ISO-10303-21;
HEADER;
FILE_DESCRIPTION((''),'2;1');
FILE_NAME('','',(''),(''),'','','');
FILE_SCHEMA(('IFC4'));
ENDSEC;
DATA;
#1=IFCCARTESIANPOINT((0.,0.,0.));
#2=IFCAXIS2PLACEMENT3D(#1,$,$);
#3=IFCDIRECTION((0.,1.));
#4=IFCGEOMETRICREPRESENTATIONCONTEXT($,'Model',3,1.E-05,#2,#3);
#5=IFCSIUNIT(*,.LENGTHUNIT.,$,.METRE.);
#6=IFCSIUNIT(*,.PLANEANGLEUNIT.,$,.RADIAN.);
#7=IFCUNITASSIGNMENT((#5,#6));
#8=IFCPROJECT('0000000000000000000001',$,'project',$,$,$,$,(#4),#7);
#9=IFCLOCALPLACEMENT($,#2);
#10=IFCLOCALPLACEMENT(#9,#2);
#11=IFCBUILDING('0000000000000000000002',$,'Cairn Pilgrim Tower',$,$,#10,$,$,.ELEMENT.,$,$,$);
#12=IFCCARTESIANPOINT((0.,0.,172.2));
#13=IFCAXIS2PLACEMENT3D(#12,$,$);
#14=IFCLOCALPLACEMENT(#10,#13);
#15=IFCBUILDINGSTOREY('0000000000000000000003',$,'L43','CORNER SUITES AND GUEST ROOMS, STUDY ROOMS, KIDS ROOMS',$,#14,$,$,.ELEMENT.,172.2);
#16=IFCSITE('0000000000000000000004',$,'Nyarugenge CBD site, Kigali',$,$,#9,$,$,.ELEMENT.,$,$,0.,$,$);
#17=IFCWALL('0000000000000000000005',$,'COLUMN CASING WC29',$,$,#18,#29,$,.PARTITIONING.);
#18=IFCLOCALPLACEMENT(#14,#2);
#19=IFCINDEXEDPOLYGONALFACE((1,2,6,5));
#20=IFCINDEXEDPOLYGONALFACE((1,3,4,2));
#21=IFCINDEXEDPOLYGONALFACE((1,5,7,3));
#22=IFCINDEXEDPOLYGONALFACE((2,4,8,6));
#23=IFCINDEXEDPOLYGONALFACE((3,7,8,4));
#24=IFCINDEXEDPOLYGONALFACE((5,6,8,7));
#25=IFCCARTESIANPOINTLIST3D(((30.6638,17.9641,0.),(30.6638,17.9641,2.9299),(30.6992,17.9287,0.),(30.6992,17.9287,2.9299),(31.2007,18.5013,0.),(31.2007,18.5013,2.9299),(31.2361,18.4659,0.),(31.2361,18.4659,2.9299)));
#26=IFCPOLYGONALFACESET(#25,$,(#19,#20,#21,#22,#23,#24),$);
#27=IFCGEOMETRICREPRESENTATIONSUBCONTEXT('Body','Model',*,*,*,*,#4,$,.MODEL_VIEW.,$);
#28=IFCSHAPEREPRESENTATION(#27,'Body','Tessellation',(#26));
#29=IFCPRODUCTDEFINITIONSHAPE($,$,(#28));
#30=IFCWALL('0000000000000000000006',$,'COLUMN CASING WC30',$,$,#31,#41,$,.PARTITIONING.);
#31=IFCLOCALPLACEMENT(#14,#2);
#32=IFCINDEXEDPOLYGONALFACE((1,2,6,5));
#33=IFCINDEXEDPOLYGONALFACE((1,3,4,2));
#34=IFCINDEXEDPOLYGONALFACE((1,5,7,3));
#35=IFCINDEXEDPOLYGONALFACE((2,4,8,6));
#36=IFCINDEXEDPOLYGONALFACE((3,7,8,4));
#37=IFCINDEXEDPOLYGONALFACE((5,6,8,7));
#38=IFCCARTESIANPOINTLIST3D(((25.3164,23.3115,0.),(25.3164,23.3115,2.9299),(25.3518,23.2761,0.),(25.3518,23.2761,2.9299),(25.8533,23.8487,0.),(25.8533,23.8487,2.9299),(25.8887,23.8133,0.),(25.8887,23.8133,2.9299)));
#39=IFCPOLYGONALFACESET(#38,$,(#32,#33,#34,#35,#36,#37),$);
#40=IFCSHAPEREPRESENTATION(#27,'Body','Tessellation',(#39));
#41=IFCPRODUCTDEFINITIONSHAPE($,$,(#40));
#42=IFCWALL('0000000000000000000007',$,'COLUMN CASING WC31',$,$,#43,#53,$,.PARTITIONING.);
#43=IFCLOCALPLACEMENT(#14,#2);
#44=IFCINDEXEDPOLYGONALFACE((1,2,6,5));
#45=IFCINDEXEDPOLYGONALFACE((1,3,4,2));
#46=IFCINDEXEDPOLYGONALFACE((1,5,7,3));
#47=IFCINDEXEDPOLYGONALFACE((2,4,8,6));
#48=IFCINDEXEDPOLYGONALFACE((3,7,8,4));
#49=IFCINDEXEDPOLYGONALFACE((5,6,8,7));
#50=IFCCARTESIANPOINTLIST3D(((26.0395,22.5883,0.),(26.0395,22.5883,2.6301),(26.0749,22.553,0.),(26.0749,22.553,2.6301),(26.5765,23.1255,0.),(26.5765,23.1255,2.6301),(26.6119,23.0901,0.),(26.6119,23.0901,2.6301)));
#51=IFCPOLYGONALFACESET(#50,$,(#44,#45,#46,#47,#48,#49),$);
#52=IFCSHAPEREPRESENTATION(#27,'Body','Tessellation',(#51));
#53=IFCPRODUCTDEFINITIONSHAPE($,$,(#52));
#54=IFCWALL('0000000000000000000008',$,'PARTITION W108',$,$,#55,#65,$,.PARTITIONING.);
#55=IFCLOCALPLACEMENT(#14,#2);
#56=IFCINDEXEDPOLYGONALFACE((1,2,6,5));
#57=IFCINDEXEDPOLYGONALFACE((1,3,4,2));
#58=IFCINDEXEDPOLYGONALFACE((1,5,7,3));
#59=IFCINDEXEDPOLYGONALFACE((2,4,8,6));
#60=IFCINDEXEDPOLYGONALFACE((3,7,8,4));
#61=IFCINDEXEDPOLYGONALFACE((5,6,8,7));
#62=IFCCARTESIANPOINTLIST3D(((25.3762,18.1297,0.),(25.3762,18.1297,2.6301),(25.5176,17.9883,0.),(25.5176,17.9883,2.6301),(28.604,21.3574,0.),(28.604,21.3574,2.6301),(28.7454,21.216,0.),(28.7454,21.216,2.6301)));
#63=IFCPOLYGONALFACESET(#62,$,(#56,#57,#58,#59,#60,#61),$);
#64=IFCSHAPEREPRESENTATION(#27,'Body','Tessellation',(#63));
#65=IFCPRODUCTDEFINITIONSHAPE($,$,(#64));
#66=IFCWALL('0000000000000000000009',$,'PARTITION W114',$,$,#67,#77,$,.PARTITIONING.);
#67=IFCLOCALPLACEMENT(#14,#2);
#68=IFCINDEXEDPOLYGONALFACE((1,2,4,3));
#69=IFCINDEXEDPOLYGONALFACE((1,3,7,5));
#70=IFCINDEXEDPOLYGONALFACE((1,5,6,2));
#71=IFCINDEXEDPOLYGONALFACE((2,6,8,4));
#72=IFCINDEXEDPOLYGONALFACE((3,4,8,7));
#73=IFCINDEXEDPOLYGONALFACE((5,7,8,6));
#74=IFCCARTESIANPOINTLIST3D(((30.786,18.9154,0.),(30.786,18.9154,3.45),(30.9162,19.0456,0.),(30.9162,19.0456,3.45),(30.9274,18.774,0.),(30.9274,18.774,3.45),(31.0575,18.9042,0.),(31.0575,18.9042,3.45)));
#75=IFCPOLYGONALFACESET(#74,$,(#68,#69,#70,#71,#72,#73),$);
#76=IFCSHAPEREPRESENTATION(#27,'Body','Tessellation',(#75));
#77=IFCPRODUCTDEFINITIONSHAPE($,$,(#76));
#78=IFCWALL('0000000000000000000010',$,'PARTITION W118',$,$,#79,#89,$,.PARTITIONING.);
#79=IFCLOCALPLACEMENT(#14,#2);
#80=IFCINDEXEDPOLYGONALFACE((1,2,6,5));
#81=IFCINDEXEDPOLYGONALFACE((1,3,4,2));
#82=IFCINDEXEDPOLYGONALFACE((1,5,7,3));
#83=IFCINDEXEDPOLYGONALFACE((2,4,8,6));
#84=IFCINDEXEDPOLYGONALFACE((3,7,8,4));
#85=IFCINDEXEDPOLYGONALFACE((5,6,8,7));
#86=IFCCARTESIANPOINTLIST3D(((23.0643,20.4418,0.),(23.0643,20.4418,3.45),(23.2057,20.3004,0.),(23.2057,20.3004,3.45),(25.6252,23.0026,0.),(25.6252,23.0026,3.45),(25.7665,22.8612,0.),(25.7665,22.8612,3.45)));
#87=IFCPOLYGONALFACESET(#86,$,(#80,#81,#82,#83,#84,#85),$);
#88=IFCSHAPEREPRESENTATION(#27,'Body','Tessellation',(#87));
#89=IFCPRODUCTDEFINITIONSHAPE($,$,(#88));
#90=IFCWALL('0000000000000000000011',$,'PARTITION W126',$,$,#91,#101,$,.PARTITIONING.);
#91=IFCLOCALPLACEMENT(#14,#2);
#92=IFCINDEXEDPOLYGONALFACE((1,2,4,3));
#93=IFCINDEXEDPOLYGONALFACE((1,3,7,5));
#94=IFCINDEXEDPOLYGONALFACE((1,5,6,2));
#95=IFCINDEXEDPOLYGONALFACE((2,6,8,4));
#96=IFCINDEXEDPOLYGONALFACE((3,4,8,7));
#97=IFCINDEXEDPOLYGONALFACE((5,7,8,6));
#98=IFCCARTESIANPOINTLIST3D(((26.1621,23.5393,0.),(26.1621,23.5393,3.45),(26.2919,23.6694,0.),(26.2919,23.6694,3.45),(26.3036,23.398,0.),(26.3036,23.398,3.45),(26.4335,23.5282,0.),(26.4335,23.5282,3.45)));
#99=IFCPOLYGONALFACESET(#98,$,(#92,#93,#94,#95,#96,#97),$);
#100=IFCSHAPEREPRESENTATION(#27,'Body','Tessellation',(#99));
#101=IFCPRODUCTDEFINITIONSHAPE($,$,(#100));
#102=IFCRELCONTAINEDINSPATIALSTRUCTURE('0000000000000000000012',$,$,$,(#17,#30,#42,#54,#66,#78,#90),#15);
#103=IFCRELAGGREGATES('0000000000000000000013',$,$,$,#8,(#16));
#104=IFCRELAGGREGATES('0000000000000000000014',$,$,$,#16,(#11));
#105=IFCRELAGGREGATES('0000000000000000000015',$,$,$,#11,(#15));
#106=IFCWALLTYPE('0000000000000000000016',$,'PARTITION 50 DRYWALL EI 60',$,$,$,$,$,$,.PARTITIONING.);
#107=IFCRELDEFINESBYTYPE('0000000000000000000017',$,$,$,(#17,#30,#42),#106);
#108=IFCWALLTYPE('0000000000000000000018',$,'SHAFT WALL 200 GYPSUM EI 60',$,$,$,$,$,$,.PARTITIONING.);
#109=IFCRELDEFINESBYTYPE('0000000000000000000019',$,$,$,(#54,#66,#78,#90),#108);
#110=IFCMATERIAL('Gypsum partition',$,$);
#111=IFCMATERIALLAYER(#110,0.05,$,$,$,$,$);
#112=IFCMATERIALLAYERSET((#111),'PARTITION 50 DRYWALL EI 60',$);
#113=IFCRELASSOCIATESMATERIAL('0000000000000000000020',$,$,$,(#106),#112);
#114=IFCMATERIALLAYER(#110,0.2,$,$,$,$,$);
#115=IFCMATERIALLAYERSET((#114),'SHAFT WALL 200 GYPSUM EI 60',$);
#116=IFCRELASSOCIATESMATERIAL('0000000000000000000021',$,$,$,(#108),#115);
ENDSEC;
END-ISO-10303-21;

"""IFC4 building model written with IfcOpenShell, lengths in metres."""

from ifc_helpers import new_model, si_unit, direction, frame, frame_2d, origin, place, context, subcontext, project, spatial, rectangle, extrude, material, layer, layer_set, type_object, element, save


model = new_model("IFC4")

# Units and contexts
model_context = context("Model", 3, precision=1e-05, world=origin(), true_north=direction((0.0, 1.0)))
body_context = subcontext(model_context, "Body", "Model", "MODEL_VIEW")
ifc_project = project(units=[si_unit("LENGTHUNIT", "METRE"), si_unit("PLANEANGLEUNIT", "RADIAN")], contexts=[model_context])

# Site, building, storey
site_placement = place(None, origin())
site = spatial("IfcSite", under=ifc_project, at=site_placement, Name="Nyarugenge CBD site, Kigali", CompositionType="ELEMENT", RefElevation=0.0)
building_placement = place(site_placement, origin())
building = spatial("IfcBuilding", under=site, at=building_placement, Name="Cairn Pilgrim Tower", CompositionType="ELEMENT")
storey_placement = place(building_placement, frame((0.0, 0.0, 172.2)))
storey = spatial("IfcBuildingStorey", under=building, at=storey_placement, Name="L43", Description="CORNER SUITES AND GUEST ROOMS, STUDY ROOMS, KIDS ROOMS", CompositionType="ELEMENT", Elevation=172.2)

# Shared definitions
ifc_material_1 = material(Name="Gypsum partition")

# Walls
ifc_layer_1 = layer(ifc_material_1, 0.05)
ifc_layer_set_1 = layer_set([ifc_layer_1], Name="PARTITION 50 DRYWALL EI 60")
wall_type_1 = type_object("IfcWallType", Name="PARTITION 50 DRYWALL EI 60", PredefinedType="PARTITIONING", material=ifc_layer_set_1)
for number, where, z_axis, x_axis, name in (
    (1, (30.6814, 17.9463, 0.0), (0.0, 0.0, 1.0), (0.706946, 0.707268, 0.0), "COLUMN CASING WC29"),
    (2, (25.334, 23.2937, 0.0), (0.0, 0.0, 1.0), (0.706946, 0.707268, 0.0), "COLUMN CASING WC30"),
):
    element("IfcWall", number, at=place(storey_placement, frame(where, z_axis=z_axis, x_axis=x_axis)), inside=storey, type_object=wall_type_1, Name=name, PredefinedType="PARTITIONING", context=body_context, shape_type="SweptSolid", body=[
        extrude(rectangle(XDim=0.7595, YDim=0.05, at=frame_2d((0.3799, 0.0))), origin(), (0.0, 0.0, 1.0), 2.9299),
    ])
wall_1_placement = place(storey_placement, frame((26.0571, 22.5706, 0.0), z_axis=(0.0, 0.0, 1.0), x_axis=(0.706946, 0.707268, 0.0)))
element("IfcWall", 3, at=wall_1_placement, inside=storey, type_object=wall_type_1, Name="COLUMN CASING WC31", PredefinedType="PARTITIONING", context=body_context, shape_type="SweptSolid", body=[
    extrude(rectangle(XDim=0.7595, YDim=0.05, at=frame_2d((0.3799, 0.0))), origin(), (0.0, 0.0, 1.0), 2.6301),
])
ifc_layer_2 = layer(ifc_material_1, 0.2)
ifc_layer_set_2 = layer_set([ifc_layer_2], Name="SHAFT WALL 200 GYPSUM EI 60")
wall_type_2 = type_object("IfcWallType", Name="SHAFT WALL 200 GYPSUM EI 60", PredefinedType="PARTITIONING", material=ifc_layer_set_2)
wall_2_placement = place(storey_placement, frame((25.447, 18.0591, 0.0), z_axis=(0.0, 0.0, 1.0), x_axis=(0.707107, 0.707107, 0.0)))
element("IfcWall", 4, at=wall_2_placement, inside=storey, type_object=wall_type_2, Name="PARTITION W108", PredefinedType="PARTITIONING", context=body_context, shape_type="SweptSolid", body=[
    extrude(rectangle(XDim=4.5647, YDim=0.2, at=frame_2d((2.2822, 0.0))), origin(), (0.0, 0.0, 1.0), 2.6301),
])
wall_3_placement = place(storey_placement, frame((30.8567, 18.8447, 0.0), z_axis=(0.0, 0.0, 1.0), x_axis=(0.707107, 0.707107, 0.0)))
element("IfcWall", 5, at=wall_3_placement, inside=storey, type_object=wall_type_2, Name="PARTITION W114", PredefinedType="PARTITIONING", context=body_context, shape_type="SweptSolid", body=[
    extrude(rectangle(XDim=0.1841, YDim=0.2, at=frame_2d((0.092, 0.0))), origin(), (0.0, 0.0, 1.0), 3.45),
])
wall_4_placement = place(storey_placement, frame((23.135, 20.3711, 0.0), z_axis=(0.0, 0.0, 1.0), x_axis=(0.707107, 0.707107, 0.0)))
element("IfcWall", 6, at=wall_4_placement, inside=storey, type_object=wall_type_2, Name="PARTITION W118", PredefinedType="PARTITIONING", context=body_context, shape_type="SweptSolid", body=[
    extrude(rectangle(XDim=3.6216, YDim=0.2, at=frame_2d((1.8108, 0.0))), origin(), (0.0, 0.0, 1.0), 3.45),
])
wall_5_placement = place(storey_placement, frame((26.2329, 23.4688, 0.0), z_axis=(0.0, 0.0, 1.0), x_axis=(0.706443, 0.70777, 0.0)))
element("IfcWall", 7, at=wall_5_placement, inside=storey, type_object=wall_type_2, Name="PARTITION W126", PredefinedType="PARTITIONING", context=body_context, shape_type="SweptSolid", body=[
    extrude(rectangle(XDim=0.1838, YDim=0.2, at=frame_2d((0.0918, 0.0))), origin(), (0.0, 0.0, 1.0), 3.45),
])

save(model, "model.ifc")
